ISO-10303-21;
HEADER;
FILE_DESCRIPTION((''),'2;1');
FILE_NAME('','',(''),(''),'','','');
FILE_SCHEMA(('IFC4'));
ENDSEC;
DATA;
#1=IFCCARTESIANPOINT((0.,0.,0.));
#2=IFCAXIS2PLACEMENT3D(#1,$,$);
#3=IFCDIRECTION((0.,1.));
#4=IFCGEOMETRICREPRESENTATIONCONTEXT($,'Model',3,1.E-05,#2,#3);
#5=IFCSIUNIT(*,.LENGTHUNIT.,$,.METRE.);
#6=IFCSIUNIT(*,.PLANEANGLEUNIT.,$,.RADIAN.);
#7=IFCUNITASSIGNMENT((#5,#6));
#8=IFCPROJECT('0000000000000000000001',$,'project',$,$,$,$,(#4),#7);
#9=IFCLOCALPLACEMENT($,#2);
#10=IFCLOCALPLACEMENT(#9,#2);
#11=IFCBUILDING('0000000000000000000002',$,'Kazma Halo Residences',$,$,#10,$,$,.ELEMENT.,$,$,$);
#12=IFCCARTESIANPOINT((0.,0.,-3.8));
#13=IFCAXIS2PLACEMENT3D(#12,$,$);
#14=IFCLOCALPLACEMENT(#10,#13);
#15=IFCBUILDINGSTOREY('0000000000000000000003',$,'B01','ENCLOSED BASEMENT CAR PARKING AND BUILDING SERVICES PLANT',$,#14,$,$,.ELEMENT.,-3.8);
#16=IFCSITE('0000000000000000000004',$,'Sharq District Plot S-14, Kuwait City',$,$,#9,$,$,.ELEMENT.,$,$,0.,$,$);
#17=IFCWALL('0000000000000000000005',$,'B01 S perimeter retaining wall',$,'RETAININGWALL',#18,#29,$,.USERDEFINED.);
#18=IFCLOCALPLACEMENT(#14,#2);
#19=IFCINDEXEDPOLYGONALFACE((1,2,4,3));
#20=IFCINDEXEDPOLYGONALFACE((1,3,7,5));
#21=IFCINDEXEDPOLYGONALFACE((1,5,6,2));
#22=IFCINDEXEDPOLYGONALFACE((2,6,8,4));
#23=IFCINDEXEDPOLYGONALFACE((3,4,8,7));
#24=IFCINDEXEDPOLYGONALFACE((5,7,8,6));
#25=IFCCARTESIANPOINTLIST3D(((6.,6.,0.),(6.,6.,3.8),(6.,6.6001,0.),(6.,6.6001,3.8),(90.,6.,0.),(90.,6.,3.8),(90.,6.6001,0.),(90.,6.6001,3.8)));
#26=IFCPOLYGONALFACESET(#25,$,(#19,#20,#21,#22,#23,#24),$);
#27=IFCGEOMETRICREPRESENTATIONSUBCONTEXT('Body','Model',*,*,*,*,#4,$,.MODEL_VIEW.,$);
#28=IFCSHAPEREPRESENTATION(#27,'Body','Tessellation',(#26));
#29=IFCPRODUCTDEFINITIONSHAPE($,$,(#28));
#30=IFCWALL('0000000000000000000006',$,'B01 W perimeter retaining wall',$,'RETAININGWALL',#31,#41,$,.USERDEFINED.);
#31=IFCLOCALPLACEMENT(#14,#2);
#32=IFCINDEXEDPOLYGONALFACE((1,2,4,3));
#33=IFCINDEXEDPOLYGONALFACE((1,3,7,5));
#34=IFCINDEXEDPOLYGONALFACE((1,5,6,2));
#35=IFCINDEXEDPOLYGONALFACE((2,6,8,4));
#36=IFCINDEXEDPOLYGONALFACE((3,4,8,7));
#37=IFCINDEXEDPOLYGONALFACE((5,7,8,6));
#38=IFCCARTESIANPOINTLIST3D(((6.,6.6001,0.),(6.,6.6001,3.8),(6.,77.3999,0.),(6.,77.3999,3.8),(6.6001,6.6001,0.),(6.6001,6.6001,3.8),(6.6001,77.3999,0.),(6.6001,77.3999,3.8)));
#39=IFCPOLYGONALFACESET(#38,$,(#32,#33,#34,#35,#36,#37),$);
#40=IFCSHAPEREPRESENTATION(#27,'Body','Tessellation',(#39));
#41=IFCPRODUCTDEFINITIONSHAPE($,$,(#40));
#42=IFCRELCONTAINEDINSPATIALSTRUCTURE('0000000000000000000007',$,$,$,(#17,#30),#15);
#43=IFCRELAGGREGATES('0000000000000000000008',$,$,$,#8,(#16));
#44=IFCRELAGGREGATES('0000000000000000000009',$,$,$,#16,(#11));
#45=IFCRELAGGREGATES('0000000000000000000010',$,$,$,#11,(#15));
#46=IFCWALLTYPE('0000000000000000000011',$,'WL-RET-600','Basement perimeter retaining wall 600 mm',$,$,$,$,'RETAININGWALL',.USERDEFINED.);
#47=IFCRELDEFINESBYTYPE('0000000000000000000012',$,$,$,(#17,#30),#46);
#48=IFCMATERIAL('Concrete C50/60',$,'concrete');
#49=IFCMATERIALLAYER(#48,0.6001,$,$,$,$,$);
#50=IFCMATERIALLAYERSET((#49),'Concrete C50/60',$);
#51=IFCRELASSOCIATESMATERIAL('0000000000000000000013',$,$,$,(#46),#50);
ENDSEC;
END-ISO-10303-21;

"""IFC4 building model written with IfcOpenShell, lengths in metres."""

from ifc_helpers import new_model, si_unit, direction, frame, frame_2d, origin, place, context, subcontext, project, spatial, rectangle, extrude, material, layer, layer_set, type_object, element, save


model = new_model("IFC4")

# Units and contexts
model_context = context("Model", 3, precision=1e-05, world=origin(), true_north=direction((0.0, 1.0)))
body_context = subcontext(model_context, "Body", "Model", "MODEL_VIEW")
ifc_project = project(units=[si_unit("LENGTHUNIT", "METRE"), si_unit("PLANEANGLEUNIT", "RADIAN")], contexts=[model_context])

# Site, building, storey
site_placement = place(None, origin())
site = spatial("IfcSite", under=ifc_project, at=site_placement, Name="Sharq District Plot S-14, Kuwait City", CompositionType="ELEMENT", RefElevation=0.0)
building_placement = place(site_placement, origin())
building = spatial("IfcBuilding", under=site, at=building_placement, Name="Kazma Halo Residences", CompositionType="ELEMENT")
storey_placement = place(building_placement, frame((0.0, 0.0, -3.8)))
storey = spatial("IfcBuildingStorey", under=building, at=storey_placement, Name="B01", Description="ENCLOSED BASEMENT CAR PARKING AND BUILDING SERVICES PLANT", CompositionType="ELEMENT", Elevation=-3.8)

# Shared definitions
ifc_material_1 = material(Name="Concrete C50/60", Category="concrete")

# Walls
ifc_layer_1 = layer(ifc_material_1, 0.6001)
ifc_layer_set_1 = layer_set([ifc_layer_1], Name="Concrete C50/60")
wall_type_1 = type_object("IfcWallType", Name="WL-RET-600", Description="Basement perimeter retaining wall 600 mm", ElementType="RETAININGWALL", PredefinedType="USERDEFINED", material=ifc_layer_set_1)
wall_1_placement = place(storey_placement, frame((6.0, 6.3, 0.0), z_axis=(0.0, 0.0, 1.0), x_axis=(1.0, 0.0, 0.0)))
element("IfcWall", 1, at=wall_1_placement, inside=storey, type_object=wall_type_1, Name="B01 S perimeter retaining wall", ObjectType="RETAININGWALL", PredefinedType="USERDEFINED", context=body_context, shape_type="SweptSolid", body=[
    extrude(rectangle(XDim=84.0, YDim=0.6001, at=frame_2d((42.0, 0.0))), origin(), (0.0, 0.0, 1.0), 3.8),
])
wall_2_placement = place(storey_placement, frame((6.3, 6.6001, 0.0), z_axis=(0.0, 0.0, 1.0), x_axis=(0.0, 1.0, 0.0)))
element("IfcWall", 2, at=wall_2_placement, inside=storey, type_object=wall_type_1, Name="B01 W perimeter retaining wall", ObjectType="RETAININGWALL", PredefinedType="USERDEFINED", context=body_context, shape_type="SweptSolid", body=[
    extrude(rectangle(XDim=70.7998, YDim=0.6001, at=frame_2d((35.3999, 0.0))), origin(), (0.0, 0.0, 1.0), 3.8),
])

save(model, "model.ifc")
